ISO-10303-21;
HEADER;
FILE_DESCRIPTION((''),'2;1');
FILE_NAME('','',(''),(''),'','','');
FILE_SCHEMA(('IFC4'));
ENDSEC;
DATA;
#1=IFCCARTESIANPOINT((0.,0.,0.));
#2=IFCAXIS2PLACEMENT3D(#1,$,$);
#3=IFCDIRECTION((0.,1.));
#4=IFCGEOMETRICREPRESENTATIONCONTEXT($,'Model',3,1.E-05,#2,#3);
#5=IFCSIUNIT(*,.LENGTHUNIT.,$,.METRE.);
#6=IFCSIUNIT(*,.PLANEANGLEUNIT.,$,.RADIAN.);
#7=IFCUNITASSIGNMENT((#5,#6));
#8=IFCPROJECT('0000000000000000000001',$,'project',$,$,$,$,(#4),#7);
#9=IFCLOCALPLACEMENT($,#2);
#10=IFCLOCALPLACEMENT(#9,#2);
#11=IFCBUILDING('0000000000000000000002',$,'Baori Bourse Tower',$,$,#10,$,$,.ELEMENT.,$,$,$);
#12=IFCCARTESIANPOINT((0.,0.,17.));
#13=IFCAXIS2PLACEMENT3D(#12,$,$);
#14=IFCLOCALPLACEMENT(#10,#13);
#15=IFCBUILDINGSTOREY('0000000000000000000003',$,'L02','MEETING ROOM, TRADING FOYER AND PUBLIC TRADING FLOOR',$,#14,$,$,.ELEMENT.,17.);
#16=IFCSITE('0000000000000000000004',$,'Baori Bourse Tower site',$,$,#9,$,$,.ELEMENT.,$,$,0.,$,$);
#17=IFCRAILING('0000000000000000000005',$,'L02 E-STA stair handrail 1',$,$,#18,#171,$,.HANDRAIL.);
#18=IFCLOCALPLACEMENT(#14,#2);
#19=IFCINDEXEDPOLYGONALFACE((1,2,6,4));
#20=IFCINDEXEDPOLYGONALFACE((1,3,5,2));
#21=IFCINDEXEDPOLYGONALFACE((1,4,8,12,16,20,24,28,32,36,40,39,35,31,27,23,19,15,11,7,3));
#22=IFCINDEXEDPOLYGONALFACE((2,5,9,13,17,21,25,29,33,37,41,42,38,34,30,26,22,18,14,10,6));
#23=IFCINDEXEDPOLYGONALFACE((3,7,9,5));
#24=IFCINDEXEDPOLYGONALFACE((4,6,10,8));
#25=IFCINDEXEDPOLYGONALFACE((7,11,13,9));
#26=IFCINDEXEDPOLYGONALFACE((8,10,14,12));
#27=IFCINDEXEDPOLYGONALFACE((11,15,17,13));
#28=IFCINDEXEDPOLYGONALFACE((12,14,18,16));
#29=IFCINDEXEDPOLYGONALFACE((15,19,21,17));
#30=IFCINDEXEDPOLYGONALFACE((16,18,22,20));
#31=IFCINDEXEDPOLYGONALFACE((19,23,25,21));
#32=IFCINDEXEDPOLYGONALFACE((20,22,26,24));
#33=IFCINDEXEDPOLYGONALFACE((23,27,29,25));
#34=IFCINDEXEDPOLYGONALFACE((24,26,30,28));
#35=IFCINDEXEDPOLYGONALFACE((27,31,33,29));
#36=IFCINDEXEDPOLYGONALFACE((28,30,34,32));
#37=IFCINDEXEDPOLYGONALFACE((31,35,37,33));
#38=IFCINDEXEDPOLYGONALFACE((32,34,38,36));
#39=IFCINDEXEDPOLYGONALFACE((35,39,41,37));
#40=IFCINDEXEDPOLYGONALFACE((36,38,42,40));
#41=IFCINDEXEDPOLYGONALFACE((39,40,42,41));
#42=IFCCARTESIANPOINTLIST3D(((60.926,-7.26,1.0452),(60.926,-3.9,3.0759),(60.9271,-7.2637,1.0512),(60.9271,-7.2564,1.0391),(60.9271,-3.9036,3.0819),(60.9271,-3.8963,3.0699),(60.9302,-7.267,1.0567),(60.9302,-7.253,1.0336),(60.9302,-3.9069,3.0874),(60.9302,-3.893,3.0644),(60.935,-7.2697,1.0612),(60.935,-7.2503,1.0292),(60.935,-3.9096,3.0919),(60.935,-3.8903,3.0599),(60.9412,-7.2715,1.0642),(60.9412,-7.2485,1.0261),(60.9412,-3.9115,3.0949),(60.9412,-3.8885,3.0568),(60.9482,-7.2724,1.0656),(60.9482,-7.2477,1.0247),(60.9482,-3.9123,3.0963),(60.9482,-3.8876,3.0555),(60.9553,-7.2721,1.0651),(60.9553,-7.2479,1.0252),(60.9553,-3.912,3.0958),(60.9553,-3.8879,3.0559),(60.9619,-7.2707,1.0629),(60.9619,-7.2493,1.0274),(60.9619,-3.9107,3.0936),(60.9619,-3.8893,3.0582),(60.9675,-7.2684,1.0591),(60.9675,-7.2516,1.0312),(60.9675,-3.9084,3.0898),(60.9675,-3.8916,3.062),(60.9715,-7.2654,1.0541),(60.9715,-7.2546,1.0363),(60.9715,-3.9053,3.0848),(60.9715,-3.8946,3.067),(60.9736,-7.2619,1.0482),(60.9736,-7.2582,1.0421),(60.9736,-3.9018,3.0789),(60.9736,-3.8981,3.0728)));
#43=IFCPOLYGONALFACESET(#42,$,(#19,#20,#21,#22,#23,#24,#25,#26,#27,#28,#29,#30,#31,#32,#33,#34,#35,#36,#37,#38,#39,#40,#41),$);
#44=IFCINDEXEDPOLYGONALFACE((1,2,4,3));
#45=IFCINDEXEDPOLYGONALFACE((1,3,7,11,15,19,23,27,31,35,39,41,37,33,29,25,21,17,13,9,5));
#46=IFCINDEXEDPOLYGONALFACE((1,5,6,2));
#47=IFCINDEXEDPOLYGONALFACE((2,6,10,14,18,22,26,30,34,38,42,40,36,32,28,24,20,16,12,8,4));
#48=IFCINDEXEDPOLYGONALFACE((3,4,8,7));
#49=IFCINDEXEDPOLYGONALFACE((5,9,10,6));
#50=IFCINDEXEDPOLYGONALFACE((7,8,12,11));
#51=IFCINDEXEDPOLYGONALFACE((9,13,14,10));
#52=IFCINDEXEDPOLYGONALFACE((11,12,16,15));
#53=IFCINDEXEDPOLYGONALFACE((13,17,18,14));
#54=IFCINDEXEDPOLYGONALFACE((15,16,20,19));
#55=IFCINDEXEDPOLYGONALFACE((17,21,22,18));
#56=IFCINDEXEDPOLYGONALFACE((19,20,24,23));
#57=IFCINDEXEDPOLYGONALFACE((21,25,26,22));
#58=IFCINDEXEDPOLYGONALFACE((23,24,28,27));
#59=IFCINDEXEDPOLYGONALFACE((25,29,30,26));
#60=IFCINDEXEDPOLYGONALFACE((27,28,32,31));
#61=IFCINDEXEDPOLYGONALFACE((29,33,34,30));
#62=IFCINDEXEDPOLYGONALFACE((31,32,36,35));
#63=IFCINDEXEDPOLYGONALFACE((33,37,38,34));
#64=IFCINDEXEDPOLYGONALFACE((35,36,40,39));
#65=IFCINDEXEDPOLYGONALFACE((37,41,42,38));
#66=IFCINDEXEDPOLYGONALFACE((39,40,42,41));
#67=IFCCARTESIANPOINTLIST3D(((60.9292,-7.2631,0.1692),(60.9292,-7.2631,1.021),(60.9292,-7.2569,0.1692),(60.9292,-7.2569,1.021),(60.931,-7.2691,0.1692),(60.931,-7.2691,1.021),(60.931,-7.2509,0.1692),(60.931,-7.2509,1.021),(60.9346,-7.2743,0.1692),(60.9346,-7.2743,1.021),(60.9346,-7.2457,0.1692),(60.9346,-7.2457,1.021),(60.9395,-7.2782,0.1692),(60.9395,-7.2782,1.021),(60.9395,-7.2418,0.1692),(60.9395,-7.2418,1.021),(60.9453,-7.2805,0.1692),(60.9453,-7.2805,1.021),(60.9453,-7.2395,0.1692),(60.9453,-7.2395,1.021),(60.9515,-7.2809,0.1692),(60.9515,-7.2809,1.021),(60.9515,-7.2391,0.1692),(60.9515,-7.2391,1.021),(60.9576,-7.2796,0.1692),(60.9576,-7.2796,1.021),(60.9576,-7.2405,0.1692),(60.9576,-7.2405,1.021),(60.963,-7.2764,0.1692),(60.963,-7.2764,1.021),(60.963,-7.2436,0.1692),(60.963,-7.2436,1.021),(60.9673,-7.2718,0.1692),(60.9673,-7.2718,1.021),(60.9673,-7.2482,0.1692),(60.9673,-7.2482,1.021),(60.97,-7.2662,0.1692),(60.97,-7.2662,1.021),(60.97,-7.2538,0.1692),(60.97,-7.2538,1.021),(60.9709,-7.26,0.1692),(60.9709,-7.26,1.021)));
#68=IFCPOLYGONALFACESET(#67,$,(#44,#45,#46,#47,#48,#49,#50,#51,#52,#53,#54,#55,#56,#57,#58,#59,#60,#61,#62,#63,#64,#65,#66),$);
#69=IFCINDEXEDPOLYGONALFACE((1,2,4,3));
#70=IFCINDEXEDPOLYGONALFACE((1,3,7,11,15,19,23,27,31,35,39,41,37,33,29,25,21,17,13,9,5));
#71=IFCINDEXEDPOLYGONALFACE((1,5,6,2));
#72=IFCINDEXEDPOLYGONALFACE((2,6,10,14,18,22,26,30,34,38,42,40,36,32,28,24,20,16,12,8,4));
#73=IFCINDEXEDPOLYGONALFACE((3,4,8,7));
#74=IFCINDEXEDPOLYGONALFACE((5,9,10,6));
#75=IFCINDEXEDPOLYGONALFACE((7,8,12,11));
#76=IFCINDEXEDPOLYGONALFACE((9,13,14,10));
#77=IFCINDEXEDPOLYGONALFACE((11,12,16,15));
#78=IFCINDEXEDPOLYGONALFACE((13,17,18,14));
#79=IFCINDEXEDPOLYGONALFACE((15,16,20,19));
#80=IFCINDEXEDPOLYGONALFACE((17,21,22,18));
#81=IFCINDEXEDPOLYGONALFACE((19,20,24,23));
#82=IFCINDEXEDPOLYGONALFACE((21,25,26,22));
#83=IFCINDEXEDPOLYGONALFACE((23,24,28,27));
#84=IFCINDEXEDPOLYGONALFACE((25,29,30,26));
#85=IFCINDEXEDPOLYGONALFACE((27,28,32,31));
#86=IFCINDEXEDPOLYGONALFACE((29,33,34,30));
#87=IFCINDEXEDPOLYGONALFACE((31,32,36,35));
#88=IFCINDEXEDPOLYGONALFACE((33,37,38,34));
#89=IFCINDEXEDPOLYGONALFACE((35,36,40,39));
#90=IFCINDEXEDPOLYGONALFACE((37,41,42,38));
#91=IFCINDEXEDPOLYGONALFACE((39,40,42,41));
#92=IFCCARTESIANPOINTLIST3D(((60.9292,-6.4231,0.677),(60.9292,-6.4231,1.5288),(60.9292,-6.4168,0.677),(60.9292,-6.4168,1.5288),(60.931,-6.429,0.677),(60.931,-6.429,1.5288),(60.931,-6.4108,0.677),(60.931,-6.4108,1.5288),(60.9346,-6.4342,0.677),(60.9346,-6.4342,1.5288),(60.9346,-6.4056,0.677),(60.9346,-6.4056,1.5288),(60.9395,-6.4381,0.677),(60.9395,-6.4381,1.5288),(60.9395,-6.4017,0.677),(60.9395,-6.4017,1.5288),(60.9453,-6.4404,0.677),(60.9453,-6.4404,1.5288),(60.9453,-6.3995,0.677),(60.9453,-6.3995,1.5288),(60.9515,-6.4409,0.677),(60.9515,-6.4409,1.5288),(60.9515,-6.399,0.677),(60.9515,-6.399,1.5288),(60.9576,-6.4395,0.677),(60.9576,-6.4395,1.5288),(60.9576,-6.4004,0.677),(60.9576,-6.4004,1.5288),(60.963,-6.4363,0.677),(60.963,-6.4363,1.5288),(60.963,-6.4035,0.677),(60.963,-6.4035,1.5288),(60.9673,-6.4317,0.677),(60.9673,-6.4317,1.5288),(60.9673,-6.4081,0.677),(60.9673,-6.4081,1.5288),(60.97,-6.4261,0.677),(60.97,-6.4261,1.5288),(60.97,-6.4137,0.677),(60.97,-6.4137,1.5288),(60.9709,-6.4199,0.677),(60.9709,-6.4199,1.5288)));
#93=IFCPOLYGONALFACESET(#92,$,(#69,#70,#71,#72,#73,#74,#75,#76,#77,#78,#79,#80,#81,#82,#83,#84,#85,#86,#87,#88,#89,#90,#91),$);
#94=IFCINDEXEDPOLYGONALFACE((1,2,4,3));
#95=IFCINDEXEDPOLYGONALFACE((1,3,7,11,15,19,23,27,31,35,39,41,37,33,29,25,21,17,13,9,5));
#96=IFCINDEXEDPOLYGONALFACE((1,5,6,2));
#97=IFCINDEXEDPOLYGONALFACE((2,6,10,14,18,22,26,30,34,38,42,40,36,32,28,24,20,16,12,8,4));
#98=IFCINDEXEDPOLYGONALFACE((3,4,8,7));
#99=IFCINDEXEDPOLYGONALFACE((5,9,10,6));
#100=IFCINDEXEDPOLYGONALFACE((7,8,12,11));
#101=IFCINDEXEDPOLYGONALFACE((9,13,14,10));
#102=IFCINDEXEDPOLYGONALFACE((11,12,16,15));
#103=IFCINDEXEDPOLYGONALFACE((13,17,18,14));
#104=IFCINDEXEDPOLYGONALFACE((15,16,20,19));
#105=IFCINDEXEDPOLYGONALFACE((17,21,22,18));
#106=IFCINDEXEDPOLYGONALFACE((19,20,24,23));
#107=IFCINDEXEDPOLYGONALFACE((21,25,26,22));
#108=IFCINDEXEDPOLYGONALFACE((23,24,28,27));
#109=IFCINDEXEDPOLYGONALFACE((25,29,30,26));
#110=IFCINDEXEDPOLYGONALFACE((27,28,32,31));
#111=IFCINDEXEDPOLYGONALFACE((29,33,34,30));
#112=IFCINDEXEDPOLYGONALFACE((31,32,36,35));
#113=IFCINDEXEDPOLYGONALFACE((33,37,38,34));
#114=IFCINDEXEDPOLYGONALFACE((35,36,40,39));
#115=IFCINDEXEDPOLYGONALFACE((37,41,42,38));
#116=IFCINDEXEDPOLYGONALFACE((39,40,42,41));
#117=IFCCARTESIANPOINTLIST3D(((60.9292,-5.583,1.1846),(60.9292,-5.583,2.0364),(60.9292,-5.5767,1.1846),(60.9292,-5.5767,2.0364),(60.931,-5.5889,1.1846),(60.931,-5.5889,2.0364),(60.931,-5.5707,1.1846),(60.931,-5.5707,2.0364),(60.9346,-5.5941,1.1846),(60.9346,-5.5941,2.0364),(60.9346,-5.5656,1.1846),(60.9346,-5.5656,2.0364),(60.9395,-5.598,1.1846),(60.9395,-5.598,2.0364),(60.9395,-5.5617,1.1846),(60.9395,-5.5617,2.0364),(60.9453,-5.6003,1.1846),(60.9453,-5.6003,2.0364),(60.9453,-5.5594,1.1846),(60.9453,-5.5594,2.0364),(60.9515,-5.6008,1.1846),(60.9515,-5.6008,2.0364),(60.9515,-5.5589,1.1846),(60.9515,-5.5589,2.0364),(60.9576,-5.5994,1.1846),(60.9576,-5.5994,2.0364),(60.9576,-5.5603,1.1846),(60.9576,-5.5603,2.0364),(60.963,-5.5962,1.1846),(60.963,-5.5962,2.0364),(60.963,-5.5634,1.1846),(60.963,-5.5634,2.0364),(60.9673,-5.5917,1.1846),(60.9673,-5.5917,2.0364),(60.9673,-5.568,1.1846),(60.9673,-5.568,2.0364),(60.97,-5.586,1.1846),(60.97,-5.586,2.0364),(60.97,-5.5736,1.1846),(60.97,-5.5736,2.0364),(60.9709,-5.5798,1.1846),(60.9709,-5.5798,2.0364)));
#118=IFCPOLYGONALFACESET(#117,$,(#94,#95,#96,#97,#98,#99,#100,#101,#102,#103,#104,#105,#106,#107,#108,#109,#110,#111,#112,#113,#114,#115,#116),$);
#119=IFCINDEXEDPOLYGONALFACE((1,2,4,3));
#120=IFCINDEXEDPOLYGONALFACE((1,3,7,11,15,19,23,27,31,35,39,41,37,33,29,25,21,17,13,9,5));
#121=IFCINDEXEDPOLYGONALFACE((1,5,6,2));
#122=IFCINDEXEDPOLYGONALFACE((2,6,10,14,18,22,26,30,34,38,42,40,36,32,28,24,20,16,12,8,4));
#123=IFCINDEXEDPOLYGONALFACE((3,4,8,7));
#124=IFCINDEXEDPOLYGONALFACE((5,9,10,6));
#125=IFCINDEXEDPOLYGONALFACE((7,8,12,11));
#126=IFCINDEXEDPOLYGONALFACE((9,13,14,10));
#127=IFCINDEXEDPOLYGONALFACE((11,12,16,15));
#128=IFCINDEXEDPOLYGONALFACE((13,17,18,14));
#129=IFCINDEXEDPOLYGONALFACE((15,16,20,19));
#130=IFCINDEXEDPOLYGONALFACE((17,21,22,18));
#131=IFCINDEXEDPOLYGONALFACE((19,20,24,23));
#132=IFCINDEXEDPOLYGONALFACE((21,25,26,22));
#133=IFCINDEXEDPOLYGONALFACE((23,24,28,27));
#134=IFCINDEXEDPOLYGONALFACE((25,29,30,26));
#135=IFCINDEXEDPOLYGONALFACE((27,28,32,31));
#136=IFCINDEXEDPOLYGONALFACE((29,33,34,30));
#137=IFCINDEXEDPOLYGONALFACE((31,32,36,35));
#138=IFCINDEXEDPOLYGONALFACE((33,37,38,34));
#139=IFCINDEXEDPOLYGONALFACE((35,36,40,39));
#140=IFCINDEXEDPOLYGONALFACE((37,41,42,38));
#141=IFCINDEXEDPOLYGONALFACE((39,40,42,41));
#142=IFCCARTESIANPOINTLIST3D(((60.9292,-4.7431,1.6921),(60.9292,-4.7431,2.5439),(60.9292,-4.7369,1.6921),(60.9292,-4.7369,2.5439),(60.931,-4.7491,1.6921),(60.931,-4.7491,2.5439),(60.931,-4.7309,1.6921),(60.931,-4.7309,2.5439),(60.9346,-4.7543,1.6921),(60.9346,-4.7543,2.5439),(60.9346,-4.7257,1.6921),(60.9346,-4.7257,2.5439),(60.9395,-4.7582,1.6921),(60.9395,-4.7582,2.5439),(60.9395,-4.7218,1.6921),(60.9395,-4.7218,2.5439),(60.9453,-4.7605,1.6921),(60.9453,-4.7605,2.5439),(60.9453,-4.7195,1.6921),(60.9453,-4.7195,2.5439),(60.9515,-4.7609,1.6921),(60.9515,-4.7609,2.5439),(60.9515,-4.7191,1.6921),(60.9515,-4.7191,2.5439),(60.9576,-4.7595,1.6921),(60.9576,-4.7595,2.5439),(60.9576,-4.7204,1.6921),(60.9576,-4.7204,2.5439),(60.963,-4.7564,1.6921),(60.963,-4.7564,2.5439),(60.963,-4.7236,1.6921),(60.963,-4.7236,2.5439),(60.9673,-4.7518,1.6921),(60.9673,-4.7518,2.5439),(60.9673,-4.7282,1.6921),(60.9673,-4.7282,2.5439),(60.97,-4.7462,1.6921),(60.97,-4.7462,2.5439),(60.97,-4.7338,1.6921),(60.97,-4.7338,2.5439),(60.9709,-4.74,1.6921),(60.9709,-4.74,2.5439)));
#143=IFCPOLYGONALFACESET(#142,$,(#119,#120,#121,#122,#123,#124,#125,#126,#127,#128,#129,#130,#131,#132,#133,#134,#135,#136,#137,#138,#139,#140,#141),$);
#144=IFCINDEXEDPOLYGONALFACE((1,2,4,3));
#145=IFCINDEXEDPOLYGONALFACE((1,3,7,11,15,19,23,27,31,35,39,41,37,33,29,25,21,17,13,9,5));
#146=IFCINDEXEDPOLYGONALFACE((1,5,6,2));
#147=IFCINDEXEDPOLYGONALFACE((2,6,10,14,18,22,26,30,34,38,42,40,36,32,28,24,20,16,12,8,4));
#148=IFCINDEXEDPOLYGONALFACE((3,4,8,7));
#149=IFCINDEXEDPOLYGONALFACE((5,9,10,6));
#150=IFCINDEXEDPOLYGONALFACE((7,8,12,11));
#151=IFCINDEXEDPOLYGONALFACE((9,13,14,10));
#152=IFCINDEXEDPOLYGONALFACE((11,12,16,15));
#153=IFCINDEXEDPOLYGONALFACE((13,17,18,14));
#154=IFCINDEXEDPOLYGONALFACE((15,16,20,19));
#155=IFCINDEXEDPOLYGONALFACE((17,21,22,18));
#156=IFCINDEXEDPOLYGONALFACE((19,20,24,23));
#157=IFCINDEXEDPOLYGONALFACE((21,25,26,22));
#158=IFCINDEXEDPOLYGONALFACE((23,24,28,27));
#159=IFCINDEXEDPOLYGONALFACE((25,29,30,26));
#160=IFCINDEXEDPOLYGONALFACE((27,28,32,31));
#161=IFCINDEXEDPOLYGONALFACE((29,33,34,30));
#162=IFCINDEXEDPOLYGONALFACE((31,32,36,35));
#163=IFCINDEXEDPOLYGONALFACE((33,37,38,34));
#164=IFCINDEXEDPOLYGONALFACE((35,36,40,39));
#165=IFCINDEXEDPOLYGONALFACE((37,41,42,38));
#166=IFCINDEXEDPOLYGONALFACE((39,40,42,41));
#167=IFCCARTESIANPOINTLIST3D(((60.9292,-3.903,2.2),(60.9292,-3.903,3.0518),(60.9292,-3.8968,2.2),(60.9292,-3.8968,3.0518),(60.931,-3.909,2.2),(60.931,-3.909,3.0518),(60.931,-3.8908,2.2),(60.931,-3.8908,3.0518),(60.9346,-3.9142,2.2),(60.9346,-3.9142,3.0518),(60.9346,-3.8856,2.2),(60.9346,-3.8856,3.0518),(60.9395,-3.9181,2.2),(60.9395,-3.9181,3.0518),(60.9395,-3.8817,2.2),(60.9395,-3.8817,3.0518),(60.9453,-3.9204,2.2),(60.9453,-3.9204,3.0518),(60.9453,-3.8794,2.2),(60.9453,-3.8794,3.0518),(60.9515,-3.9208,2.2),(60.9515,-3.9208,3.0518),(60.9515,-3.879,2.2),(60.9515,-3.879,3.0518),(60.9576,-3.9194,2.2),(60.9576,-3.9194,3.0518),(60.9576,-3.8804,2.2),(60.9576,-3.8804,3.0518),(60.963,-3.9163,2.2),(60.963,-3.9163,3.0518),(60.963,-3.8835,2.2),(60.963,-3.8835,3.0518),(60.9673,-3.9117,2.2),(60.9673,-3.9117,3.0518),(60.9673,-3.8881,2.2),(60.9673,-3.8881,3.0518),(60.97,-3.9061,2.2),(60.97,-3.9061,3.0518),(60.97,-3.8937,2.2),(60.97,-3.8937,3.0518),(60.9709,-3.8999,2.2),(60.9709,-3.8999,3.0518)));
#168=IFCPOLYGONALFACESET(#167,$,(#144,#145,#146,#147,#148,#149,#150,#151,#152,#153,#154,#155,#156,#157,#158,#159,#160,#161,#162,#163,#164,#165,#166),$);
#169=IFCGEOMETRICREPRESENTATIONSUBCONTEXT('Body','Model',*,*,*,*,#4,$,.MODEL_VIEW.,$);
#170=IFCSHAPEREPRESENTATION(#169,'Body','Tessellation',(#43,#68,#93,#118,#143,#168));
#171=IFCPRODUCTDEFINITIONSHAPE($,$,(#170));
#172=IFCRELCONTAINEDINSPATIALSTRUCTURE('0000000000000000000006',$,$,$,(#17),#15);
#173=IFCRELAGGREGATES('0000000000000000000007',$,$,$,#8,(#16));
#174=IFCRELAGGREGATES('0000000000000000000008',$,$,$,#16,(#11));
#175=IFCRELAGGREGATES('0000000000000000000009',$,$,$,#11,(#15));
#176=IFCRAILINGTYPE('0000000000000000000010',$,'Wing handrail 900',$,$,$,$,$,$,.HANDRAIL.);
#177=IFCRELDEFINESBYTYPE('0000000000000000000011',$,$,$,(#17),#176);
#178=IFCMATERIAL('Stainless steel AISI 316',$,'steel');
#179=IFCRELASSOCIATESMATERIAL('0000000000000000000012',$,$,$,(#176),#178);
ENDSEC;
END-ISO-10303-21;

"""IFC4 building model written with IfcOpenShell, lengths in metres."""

from ifc_helpers import new_model, si_unit, direction, frame, origin, origin_2d, place, context, subcontext, project, spatial, circle, extrude, material, type_object, element, save


model = new_model("IFC4")

# Units and contexts
model_context = context("Model", 3, precision=1e-05, world=origin(), true_north=direction((0.0, 1.0)))
body_context = subcontext(model_context, "Body", "Model", "MODEL_VIEW")
ifc_project = project(units=[si_unit("LENGTHUNIT", "METRE"), si_unit("PLANEANGLEUNIT", "RADIAN")], contexts=[model_context])

# Site, building, storey
site_placement = place(None, origin())
site = spatial("IfcSite", under=ifc_project, at=site_placement, Name="Baori Bourse Tower site", CompositionType="ELEMENT", RefElevation=0.0)
building_placement = place(site_placement, origin())
building = spatial("IfcBuilding", under=site, at=building_placement, Name="Baori Bourse Tower", CompositionType="ELEMENT")
storey_placement = place(building_placement, frame((0.0, 0.0, 17.0)))
storey = spatial("IfcBuildingStorey", under=building, at=storey_placement, Name="L02", Description="MEETING ROOM, TRADING FOYER AND PUBLIC TRADING FLOOR", CompositionType="ELEMENT", Elevation=17.0)

# Railing
ifc_material_1 = material(Name="Stainless steel AISI 316", Category="steel")
railing_type_1 = type_object("IfcRailingType", Name="Wing handrail 900", PredefinedType="HANDRAIL", material=ifc_material_1)
railing_1_placement = place(storey_placement, frame((60.95, -7.26, 0.1692)))
element("IfcRailing", 1, at=railing_1_placement, inside=storey, type_object=railing_type_1, Name="L02 E-STA stair handrail 1", PredefinedType="HANDRAIL", context=body_context, shape_type="SweptSolid", body=[
    extrude(circle(Radius=0.0239, at=origin_2d()), frame((0.0, 0.0, 0.876), z_axis=(0.0, 0.855837, 0.517246), x_axis=(-1.0, 0.0, 0.0)), (0.0, 0.0, 1.0), 3.926),
    extrude(circle(Radius=0.021, at=origin_2d()), origin(), (0.0, 0.0, 1.0), 0.8518),
    extrude(circle(Radius=0.021, at=origin_2d()), frame((0.0, 0.8401, 0.5078)), (0.0, 0.0, 1.0), 0.8518),
    extrude(circle(Radius=0.021, at=origin_2d()), frame((0.0, 1.6802, 1.0154)), (0.0, 0.0, 1.0), 0.8518),
    extrude(circle(Radius=0.021, at=origin_2d()), frame((0.0, 2.52, 1.5229)), (0.0, 0.0, 1.0), 0.8518),
    extrude(circle(Radius=0.021, at=origin_2d()), frame((0.0, 3.3601, 2.0308)), (0.0, 0.0, 1.0), 0.8518),
])

save(model, "model.ifc")
